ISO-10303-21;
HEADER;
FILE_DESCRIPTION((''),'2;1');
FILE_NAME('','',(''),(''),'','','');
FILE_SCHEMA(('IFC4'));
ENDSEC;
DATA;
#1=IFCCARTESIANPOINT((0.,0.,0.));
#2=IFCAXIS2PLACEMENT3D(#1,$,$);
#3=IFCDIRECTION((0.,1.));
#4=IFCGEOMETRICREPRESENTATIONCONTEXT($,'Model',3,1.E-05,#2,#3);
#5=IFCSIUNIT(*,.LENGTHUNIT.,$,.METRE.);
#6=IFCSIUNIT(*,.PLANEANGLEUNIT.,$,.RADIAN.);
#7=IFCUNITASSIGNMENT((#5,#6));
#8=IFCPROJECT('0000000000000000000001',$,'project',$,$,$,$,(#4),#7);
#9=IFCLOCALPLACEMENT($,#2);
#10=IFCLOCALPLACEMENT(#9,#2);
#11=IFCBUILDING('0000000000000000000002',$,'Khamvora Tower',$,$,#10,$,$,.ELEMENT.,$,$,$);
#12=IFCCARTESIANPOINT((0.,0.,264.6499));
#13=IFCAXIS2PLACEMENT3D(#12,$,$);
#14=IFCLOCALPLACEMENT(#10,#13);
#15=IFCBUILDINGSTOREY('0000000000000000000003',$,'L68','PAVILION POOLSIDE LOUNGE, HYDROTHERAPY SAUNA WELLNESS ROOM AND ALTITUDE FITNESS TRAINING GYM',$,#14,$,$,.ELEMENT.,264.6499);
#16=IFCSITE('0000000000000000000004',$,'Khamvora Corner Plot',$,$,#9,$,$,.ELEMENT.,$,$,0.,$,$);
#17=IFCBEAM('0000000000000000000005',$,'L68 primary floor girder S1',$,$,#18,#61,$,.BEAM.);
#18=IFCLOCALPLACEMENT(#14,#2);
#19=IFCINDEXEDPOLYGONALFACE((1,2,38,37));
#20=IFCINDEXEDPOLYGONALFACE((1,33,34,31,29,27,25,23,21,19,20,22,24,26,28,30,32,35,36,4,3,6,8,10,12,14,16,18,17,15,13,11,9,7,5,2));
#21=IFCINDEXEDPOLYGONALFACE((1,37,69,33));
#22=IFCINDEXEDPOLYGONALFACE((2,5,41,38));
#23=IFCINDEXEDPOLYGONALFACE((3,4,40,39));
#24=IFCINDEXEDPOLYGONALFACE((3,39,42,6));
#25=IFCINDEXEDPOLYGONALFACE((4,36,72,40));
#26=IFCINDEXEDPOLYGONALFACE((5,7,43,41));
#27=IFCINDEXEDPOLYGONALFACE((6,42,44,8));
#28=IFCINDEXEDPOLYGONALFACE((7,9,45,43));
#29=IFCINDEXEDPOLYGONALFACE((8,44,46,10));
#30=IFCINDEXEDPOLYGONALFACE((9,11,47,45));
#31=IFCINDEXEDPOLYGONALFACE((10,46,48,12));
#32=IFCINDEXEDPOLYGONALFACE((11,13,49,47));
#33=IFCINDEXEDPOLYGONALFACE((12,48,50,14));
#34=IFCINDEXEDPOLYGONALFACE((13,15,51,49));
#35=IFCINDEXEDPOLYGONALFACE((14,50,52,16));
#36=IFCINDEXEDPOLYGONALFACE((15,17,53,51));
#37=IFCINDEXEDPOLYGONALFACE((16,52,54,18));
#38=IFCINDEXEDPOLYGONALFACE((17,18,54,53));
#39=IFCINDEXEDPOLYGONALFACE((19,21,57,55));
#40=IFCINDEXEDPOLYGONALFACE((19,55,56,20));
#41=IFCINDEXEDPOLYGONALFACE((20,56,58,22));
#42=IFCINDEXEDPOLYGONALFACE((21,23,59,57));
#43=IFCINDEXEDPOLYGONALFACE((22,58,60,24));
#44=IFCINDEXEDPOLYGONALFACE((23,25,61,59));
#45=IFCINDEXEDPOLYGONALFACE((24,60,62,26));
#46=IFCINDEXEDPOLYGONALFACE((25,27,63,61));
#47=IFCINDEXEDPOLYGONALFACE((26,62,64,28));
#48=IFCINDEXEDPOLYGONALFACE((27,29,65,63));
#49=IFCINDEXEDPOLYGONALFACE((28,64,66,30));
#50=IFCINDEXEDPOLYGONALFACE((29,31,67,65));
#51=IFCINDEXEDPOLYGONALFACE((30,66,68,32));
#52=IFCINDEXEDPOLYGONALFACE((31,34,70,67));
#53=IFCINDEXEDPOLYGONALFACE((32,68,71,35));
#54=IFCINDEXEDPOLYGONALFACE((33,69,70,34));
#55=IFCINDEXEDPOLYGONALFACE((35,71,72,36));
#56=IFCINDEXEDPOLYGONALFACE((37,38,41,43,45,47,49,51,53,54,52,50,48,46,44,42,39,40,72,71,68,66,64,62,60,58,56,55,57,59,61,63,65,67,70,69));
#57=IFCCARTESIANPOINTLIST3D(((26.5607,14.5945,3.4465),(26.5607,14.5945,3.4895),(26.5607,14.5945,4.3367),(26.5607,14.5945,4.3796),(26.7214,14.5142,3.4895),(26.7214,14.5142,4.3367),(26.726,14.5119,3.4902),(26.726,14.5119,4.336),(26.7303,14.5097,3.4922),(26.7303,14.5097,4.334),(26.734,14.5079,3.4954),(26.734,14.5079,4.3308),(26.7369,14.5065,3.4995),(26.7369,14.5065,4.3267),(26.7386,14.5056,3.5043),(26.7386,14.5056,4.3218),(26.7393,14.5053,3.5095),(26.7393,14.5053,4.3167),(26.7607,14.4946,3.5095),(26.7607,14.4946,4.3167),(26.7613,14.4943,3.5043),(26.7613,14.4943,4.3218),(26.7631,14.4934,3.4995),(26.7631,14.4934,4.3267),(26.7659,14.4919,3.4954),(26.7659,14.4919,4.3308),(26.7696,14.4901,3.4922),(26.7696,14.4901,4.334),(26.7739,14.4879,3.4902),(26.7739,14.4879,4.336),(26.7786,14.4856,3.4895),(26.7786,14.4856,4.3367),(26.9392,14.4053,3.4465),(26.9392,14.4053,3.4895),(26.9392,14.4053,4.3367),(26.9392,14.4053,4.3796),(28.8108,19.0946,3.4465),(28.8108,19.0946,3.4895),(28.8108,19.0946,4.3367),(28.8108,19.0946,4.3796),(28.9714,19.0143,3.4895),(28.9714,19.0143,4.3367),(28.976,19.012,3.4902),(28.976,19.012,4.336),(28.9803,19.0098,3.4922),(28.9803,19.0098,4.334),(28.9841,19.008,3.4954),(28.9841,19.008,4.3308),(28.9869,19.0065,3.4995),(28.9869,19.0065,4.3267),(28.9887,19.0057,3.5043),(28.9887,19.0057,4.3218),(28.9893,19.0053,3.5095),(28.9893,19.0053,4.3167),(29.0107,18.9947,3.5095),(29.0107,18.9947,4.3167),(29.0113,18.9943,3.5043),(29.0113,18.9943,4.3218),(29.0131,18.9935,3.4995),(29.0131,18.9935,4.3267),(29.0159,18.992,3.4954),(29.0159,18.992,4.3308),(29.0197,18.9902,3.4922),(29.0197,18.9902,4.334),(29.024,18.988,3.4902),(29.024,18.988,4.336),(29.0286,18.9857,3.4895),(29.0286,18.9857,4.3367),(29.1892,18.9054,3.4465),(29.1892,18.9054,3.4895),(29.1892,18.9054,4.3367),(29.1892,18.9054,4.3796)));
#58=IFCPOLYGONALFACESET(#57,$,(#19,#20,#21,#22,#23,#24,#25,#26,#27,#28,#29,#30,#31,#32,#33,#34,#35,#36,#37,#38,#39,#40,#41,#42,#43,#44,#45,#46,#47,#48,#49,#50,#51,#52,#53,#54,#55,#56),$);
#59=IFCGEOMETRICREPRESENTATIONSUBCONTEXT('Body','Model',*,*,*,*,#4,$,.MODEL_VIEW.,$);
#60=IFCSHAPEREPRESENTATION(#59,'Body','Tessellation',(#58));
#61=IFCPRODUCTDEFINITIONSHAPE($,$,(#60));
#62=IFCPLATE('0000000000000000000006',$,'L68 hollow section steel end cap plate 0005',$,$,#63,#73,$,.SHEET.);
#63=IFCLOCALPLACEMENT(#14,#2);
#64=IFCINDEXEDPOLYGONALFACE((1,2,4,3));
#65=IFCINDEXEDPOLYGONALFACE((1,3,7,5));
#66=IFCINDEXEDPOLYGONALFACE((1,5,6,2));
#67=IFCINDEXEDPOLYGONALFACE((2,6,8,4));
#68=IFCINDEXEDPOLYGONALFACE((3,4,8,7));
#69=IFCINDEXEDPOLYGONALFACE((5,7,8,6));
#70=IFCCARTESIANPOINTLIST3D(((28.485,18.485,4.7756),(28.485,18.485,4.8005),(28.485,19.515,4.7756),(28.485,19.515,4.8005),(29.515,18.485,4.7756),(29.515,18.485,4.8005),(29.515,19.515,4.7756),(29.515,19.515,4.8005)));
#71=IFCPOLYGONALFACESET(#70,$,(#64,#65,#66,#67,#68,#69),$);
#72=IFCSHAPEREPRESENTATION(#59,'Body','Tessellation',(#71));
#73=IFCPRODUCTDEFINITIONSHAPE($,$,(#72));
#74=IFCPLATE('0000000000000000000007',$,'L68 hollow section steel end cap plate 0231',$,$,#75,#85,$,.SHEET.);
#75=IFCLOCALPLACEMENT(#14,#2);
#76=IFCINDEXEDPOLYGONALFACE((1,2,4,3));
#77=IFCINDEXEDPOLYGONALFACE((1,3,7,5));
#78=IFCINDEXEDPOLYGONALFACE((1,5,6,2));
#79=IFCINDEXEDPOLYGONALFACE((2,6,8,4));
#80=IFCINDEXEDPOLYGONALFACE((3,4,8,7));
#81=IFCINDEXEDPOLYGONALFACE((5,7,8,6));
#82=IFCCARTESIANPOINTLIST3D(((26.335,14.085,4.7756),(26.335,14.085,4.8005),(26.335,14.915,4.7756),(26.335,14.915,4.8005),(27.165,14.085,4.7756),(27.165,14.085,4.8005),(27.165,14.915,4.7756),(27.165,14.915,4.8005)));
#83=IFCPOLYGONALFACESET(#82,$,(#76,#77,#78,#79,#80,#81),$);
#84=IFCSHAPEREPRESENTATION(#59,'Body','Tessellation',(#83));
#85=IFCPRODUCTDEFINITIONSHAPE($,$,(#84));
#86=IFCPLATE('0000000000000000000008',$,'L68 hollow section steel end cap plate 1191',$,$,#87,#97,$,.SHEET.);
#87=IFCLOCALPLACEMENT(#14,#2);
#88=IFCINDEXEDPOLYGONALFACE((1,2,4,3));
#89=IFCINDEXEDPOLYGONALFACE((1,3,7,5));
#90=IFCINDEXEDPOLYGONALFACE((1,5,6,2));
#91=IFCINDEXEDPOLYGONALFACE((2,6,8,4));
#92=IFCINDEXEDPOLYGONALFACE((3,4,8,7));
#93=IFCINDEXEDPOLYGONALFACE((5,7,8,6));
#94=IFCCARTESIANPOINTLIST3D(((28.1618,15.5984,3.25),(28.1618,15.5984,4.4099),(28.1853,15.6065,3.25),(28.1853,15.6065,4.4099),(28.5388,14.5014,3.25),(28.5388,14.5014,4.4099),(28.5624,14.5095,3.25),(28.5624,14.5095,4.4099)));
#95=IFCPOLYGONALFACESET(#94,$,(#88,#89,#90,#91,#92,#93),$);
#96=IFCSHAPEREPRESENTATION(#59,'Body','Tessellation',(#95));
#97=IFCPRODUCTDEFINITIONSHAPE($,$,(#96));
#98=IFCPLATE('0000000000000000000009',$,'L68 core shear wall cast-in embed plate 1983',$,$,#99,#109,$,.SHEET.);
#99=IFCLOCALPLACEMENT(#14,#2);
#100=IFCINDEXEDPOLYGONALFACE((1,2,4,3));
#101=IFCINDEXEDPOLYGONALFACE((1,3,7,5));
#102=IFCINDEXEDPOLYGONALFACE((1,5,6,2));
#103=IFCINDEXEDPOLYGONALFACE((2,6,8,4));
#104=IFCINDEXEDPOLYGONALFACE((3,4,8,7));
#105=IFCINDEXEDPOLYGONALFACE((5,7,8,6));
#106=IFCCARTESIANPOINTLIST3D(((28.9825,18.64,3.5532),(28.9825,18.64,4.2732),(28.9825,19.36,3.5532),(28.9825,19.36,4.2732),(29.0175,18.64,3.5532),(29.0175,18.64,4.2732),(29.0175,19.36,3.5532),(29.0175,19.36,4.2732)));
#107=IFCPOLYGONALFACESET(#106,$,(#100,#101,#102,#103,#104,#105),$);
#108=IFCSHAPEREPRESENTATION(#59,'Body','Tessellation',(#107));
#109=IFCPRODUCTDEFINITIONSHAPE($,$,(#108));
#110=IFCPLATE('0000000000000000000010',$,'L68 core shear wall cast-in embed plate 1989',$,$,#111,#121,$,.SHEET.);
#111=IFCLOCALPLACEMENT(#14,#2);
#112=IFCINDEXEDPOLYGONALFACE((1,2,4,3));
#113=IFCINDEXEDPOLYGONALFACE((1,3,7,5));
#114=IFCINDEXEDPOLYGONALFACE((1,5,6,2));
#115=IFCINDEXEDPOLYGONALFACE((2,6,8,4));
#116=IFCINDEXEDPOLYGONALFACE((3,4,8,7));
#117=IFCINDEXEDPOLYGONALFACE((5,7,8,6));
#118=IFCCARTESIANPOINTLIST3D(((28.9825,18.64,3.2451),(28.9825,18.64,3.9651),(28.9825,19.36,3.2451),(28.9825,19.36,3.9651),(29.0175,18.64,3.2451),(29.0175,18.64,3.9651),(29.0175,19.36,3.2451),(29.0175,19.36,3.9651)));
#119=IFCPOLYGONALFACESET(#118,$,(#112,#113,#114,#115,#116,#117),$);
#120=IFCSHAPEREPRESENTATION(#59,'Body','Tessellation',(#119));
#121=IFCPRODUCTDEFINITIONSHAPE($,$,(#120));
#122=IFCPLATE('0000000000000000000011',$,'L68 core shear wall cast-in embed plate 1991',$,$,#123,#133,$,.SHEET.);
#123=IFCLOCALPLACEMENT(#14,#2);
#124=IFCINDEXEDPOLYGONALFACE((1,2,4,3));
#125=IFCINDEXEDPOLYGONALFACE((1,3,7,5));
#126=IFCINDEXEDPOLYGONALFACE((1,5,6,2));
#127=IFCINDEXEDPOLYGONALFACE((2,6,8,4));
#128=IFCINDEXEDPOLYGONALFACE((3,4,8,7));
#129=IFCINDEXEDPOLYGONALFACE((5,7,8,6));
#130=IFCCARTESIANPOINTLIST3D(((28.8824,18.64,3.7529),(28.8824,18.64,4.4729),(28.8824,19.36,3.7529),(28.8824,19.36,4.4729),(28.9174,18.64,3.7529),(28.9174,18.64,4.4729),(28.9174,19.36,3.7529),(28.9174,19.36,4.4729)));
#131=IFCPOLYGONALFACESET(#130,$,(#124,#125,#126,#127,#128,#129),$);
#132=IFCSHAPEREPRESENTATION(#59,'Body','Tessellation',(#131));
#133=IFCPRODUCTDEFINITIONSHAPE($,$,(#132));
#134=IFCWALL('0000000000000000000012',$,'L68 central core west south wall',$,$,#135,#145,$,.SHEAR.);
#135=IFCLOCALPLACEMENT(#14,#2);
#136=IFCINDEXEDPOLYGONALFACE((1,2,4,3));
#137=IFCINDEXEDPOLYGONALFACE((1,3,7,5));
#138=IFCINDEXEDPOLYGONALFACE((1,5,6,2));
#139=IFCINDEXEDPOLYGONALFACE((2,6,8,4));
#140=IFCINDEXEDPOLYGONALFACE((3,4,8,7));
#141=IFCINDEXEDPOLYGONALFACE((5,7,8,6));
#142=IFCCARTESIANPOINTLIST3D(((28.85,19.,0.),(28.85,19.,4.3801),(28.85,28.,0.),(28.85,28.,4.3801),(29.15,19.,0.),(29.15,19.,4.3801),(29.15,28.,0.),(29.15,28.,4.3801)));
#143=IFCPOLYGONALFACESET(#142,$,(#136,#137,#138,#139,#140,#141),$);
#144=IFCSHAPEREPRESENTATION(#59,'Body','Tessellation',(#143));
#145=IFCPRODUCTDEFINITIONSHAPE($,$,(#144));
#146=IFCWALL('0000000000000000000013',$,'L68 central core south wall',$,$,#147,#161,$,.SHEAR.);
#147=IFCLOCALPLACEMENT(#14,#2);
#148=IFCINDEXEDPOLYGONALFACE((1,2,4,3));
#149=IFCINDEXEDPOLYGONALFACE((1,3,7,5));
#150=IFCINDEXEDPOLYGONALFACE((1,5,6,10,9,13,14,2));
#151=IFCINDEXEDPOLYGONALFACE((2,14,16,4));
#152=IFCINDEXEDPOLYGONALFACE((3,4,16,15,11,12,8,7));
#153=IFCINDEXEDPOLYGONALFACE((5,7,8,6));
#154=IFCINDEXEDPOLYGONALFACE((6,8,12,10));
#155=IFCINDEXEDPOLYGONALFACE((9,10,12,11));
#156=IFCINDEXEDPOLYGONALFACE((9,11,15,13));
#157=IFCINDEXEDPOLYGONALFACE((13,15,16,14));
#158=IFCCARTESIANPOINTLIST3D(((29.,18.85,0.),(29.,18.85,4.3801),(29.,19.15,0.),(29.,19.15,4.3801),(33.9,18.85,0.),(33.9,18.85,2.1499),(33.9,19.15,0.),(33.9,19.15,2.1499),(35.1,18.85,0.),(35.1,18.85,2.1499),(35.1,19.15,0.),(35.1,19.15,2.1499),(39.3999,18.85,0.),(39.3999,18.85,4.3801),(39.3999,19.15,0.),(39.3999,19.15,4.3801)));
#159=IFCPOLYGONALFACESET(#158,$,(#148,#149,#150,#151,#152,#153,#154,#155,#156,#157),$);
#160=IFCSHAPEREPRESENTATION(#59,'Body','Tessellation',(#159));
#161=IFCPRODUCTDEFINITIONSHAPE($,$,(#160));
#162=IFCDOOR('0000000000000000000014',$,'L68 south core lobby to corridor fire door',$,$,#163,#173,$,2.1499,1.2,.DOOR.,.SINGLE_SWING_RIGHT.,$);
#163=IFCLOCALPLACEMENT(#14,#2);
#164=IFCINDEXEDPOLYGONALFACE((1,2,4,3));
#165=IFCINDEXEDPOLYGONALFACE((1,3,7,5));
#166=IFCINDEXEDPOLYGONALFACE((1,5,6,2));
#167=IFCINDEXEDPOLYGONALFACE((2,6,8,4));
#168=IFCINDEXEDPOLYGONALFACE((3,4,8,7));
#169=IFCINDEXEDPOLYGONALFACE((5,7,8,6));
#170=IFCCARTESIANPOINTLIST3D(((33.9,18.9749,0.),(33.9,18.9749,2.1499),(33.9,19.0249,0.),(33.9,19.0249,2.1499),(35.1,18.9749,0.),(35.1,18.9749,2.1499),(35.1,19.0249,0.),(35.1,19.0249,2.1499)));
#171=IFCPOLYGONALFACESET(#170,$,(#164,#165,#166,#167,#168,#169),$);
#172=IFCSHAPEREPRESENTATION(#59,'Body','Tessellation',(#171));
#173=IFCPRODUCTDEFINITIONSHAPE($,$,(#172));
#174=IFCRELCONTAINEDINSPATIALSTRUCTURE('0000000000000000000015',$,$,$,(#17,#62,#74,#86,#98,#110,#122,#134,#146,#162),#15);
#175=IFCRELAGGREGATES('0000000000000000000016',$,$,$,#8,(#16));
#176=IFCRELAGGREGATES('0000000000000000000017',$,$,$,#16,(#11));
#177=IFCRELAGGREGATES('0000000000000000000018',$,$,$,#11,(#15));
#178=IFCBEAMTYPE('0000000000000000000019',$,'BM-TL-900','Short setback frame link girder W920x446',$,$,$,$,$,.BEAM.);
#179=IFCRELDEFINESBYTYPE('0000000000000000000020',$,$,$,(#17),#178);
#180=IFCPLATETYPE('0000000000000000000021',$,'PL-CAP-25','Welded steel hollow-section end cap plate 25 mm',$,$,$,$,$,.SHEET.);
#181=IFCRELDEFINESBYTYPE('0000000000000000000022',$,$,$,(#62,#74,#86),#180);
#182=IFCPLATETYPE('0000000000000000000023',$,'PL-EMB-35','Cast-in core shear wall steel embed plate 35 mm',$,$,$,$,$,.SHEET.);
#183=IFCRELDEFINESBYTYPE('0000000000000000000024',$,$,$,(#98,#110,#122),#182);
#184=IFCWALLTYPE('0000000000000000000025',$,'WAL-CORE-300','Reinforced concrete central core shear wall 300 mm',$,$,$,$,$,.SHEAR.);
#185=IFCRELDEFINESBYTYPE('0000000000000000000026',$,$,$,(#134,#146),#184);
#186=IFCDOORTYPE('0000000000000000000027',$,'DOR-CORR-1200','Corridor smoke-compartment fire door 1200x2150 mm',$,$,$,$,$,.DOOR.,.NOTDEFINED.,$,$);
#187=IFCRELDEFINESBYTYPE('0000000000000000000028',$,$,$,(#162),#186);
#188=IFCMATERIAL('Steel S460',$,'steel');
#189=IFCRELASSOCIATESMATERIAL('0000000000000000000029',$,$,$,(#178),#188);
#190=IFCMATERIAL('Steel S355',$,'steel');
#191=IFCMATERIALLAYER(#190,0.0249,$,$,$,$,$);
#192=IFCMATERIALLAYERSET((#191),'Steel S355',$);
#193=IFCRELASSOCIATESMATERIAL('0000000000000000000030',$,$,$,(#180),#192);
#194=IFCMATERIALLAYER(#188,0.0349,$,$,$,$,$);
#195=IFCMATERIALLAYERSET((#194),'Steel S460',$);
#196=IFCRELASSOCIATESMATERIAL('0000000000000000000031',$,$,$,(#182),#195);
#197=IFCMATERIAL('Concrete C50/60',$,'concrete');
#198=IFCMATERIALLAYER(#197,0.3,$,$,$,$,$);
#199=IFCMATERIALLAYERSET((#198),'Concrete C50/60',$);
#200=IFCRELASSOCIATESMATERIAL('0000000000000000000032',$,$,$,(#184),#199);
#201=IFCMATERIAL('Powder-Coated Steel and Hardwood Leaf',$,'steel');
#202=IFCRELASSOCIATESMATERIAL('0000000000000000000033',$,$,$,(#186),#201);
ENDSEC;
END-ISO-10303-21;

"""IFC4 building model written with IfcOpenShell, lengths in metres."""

from ifc_helpers import new_model, si_unit, direction, frame, frame_2d, origin, origin_2d, place, context, subcontext, project, spatial, rectangle, i_section, extrude, material, layer, layer_set, material_profile, profile_set, type_object, element, fill, save


model = new_model("IFC4")

# Units and contexts
model_context = context("Model", 3, precision=1e-05, world=origin(), true_north=direction((0.0, 1.0)))
body_context = subcontext(model_context, "Body", "Model", "MODEL_VIEW")
ifc_project = project(units=[si_unit("LENGTHUNIT", "METRE"), si_unit("PLANEANGLEUNIT", "RADIAN")], contexts=[model_context])

# Site, building, storey
site_placement = place(None, origin())
site = spatial("IfcSite", under=ifc_project, at=site_placement, Name="Khamvora Corner Plot", CompositionType="ELEMENT", RefElevation=0.0)
building_placement = place(site_placement, origin())
building = spatial("IfcBuilding", under=site, at=building_placement, Name="Khamvora Tower", CompositionType="ELEMENT")
storey_placement = place(building_placement, frame((0.0, 0.0, 264.6499)))
storey = spatial("IfcBuildingStorey", under=building, at=storey_placement, Name="L68", Description="PAVILION POOLSIDE LOUNGE, HYDROTHERAPY SAUNA WELLNESS ROOM AND ALTITUDE FITNESS TRAINING GYM", CompositionType="ELEMENT", Elevation=264.6499)

# Beam
ifc_material_1 = material(Name="Steel S355", Category="steel")
ifc_material_2 = material(Name="Steel S460", Category="steel")
ifc_material_profile_1 = material_profile(ifc_material_2, i_section(OverallWidth=0.4231, OverallDepth=0.9331, WebThickness=0.0239, FlangeThickness=0.043, FilletRadius=0.02, at=origin_2d()), Name="W920x446")
ifc_profile_set_1 = profile_set([ifc_material_profile_1], Name="Steel S460")
beam_type_1 = type_object("IfcBeamType", Name="BM-TL-900", Description="Short setback frame link girder W920x446", PredefinedType="BEAM", material=ifc_profile_set_1)
beam_1_placement = place(storey_placement, frame((29.0, 19.0, 3.9131), z_axis=(-0.447214, -0.894427, 0.0), x_axis=(0.894427, -0.447214, 0.0)))
element("IfcBeam", 1, at=beam_1_placement, inside=storey, type_object=beam_type_1, Name="L68 primary floor girder S1", PredefinedType="BEAM", context=body_context, shape_type="SweptSolid", body=[
    extrude(i_section(OverallWidth=0.4231, OverallDepth=0.9331, WebThickness=0.0239, FlangeThickness=0.043, FilletRadius=0.02, at=origin_2d()), origin(), (0.0, 0.0, 1.0), 5.0312),
])

# Plates
ifc_layer_1 = layer(ifc_material_1, 0.0249)
ifc_layer_set_1 = layer_set([ifc_layer_1], Name="Steel S355")
plate_type_1 = type_object("IfcPlateType", Name="PL-CAP-25", Description="Welded steel hollow-section end cap plate 25 mm", PredefinedType="SHEET", material=ifc_layer_set_1)
plate_1_placement = place(storey_placement, frame((29.0, 19.0, 4.7756), z_axis=(0.0, 0.0, 1.0), x_axis=(1.0, 0.0, 0.0)))
element("IfcPlate", 2, at=plate_1_placement, inside=storey, type_object=plate_type_1, Name="L68 hollow section steel end cap plate 0005", PredefinedType="SHEET", context=body_context, shape_type="SweptSolid", body=[
    extrude(rectangle(XDim=1.03, YDim=1.03, at=origin_2d()), origin(), (0.0, 0.0, 1.0), 0.0249),
])
plate_2_placement = place(storey_placement, frame((26.75, 14.5, 4.7756), z_axis=(0.0, 0.0, 1.0), x_axis=(1.0, 0.0, 0.0)))
element("IfcPlate", 3, at=plate_2_placement, inside=storey, type_object=plate_type_1, Name="L68 hollow section steel end cap plate 0231", PredefinedType="SHEET", context=body_context, shape_type="SweptSolid", body=[
    extrude(rectangle(XDim=0.8301, YDim=0.8301, at=origin_2d()), origin(), (0.0, 0.0, 1.0), 0.0249),
])
plate_3_placement = place(storey_placement, frame((28.3621, 15.054, 3.25), z_axis=(0.0, 0.0, 1.0), x_axis=(0.945689, 0.325073, 0.0)))
element("IfcPlate", 4, at=plate_3_placement, inside=storey, type_object=plate_type_1, Name="L68 hollow section steel end cap plate 1191", PredefinedType="SHEET", context=body_context, shape_type="SweptSolid", body=[
    extrude(rectangle(XDim=0.0249, YDim=1.1599, at=origin_2d()), origin(), (0.0, 0.0, 1.0), 1.1599),
])
ifc_layer_2 = layer(ifc_material_2, 0.0349)
ifc_layer_set_2 = layer_set([ifc_layer_2], Name="Steel S460")
plate_type_2 = type_object("IfcPlateType", Name="PL-EMB-35", Description="Cast-in core shear wall steel embed plate 35 mm", PredefinedType="SHEET", material=ifc_layer_set_2)
for number, where, z_axis, x_axis, name in (
    (5, (29.0, 19.0, 3.5532), (0.0, 0.0, 1.0), (1.0, 0.0, 0.0), "L68 core shear wall cast-in embed plate 1983"),
    (6, (29.0, 19.0, 3.2451), (0.0, 0.0, 1.0), (1.0, 0.0, 0.0), "L68 core shear wall cast-in embed plate 1989"),
    (7, (28.8999, 19.0, 3.7529), (0.0, 0.0, 1.0), (1.0, 0.0, 0.0), "L68 core shear wall cast-in embed plate 1991"),
):
    element("IfcPlate", number, at=place(storey_placement, frame(where, z_axis=z_axis, x_axis=x_axis)), inside=storey, type_object=plate_type_2, Name=name, PredefinedType="SHEET", context=body_context, shape_type="SweptSolid", body=[
        extrude(rectangle(XDim=0.0349, YDim=0.72, at=origin_2d()), origin(), (0.0, 0.0, 1.0), 0.72),
    ])

# Wall
ifc_material_3 = material(Name="Concrete C50/60", Category="concrete")
ifc_layer_3 = layer(ifc_material_3, 0.3)
ifc_layer_set_3 = layer_set([ifc_layer_3], Name="Concrete C50/60")
wall_type_1 = type_object("IfcWallType", Name="WAL-CORE-300", Description="Reinforced concrete central core shear wall 300 mm", PredefinedType="SHEAR", material=ifc_layer_set_3)
wall_1_placement = place(storey_placement, frame((29.0, 19.0, 0.0), z_axis=(0.0, 0.0, 1.0), x_axis=(0.0, 1.0, 0.0)))
element("IfcWall", 8, at=wall_1_placement, inside=storey, type_object=wall_type_1, Name="L68 central core west south wall", PredefinedType="SHEAR", context=body_context, shape_type="SweptSolid", body=[
    extrude(rectangle(XDim=9.0, YDim=0.3, at=frame_2d((4.5, 0.0))), origin(), (0.0, 0.0, 1.0), 4.3801),
])

# Wall, opening, door
wall_2_placement = place(storey_placement, frame((29.0, 19.0, 0.0), z_axis=(0.0, 0.0, 1.0), x_axis=(1.0, 0.0, 0.0)))
wall_2 = element("IfcWall", 9, at=wall_2_placement, inside=storey, type_object=wall_type_1, Name="L68 central core south wall", PredefinedType="SHEAR", context=body_context, shape_type="SweptSolid", body=[
    extrude(rectangle(XDim=10.3999, YDim=0.3, at=frame_2d((5.2, 0.0))), origin(), (0.0, 0.0, 1.0), 4.3801),
])
opening_1_placement = place(wall_2_placement, frame((4.8999, 0.0, 0.0)))
opening_1 = element("IfcOpeningElement", 10, at=opening_1_placement, cuts=wall_2, PredefinedType="OPENING", context=body_context, shape_type="SweptSolid", body=[
    extrude(rectangle(XDim=1.2, YDim=2.1499, at=frame_2d((0.6001, 1.075))), frame((0.0, 0.1599, 0.0), z_axis=(0.0, -1.0, 0.0), x_axis=(1.0, 0.0, 0.0)), (0.0, 0.0, 1.0), 0.3201),
])
ifc_material_4 = material(Name="Powder-Coated Steel and Hardwood Leaf", Category="steel")
door_type_1 = type_object("IfcDoorType", Name="DOR-CORR-1200", Description="Corridor smoke-compartment fire door 1200x2150 mm", OperationType="NOTDEFINED", PredefinedType="DOOR", material=ifc_material_4)
door_1_placement = place(opening_1_placement, origin())
door_1 = element("IfcDoor", 11, at=door_1_placement, inside=storey, type_object=door_type_1, Name="L68 south core lobby to corridor fire door", OperationType="SINGLE_SWING_RIGHT", OverallHeight=2.1499, OverallWidth=1.2, PredefinedType="DOOR", context=body_context, shape_type="SweptSolid", body=[
    extrude(rectangle(XDim=1.2, YDim=2.1499, at=frame_2d((0.6001, 1.075))), frame((0.0, 0.0249, 0.0), z_axis=(0.0, -1.0, 0.0), x_axis=(1.0, 0.0, 0.0)), (0.0, 0.0, 1.0), 0.05),
])
fill(opening_1, door_1)

save(model, "model.ifc")
